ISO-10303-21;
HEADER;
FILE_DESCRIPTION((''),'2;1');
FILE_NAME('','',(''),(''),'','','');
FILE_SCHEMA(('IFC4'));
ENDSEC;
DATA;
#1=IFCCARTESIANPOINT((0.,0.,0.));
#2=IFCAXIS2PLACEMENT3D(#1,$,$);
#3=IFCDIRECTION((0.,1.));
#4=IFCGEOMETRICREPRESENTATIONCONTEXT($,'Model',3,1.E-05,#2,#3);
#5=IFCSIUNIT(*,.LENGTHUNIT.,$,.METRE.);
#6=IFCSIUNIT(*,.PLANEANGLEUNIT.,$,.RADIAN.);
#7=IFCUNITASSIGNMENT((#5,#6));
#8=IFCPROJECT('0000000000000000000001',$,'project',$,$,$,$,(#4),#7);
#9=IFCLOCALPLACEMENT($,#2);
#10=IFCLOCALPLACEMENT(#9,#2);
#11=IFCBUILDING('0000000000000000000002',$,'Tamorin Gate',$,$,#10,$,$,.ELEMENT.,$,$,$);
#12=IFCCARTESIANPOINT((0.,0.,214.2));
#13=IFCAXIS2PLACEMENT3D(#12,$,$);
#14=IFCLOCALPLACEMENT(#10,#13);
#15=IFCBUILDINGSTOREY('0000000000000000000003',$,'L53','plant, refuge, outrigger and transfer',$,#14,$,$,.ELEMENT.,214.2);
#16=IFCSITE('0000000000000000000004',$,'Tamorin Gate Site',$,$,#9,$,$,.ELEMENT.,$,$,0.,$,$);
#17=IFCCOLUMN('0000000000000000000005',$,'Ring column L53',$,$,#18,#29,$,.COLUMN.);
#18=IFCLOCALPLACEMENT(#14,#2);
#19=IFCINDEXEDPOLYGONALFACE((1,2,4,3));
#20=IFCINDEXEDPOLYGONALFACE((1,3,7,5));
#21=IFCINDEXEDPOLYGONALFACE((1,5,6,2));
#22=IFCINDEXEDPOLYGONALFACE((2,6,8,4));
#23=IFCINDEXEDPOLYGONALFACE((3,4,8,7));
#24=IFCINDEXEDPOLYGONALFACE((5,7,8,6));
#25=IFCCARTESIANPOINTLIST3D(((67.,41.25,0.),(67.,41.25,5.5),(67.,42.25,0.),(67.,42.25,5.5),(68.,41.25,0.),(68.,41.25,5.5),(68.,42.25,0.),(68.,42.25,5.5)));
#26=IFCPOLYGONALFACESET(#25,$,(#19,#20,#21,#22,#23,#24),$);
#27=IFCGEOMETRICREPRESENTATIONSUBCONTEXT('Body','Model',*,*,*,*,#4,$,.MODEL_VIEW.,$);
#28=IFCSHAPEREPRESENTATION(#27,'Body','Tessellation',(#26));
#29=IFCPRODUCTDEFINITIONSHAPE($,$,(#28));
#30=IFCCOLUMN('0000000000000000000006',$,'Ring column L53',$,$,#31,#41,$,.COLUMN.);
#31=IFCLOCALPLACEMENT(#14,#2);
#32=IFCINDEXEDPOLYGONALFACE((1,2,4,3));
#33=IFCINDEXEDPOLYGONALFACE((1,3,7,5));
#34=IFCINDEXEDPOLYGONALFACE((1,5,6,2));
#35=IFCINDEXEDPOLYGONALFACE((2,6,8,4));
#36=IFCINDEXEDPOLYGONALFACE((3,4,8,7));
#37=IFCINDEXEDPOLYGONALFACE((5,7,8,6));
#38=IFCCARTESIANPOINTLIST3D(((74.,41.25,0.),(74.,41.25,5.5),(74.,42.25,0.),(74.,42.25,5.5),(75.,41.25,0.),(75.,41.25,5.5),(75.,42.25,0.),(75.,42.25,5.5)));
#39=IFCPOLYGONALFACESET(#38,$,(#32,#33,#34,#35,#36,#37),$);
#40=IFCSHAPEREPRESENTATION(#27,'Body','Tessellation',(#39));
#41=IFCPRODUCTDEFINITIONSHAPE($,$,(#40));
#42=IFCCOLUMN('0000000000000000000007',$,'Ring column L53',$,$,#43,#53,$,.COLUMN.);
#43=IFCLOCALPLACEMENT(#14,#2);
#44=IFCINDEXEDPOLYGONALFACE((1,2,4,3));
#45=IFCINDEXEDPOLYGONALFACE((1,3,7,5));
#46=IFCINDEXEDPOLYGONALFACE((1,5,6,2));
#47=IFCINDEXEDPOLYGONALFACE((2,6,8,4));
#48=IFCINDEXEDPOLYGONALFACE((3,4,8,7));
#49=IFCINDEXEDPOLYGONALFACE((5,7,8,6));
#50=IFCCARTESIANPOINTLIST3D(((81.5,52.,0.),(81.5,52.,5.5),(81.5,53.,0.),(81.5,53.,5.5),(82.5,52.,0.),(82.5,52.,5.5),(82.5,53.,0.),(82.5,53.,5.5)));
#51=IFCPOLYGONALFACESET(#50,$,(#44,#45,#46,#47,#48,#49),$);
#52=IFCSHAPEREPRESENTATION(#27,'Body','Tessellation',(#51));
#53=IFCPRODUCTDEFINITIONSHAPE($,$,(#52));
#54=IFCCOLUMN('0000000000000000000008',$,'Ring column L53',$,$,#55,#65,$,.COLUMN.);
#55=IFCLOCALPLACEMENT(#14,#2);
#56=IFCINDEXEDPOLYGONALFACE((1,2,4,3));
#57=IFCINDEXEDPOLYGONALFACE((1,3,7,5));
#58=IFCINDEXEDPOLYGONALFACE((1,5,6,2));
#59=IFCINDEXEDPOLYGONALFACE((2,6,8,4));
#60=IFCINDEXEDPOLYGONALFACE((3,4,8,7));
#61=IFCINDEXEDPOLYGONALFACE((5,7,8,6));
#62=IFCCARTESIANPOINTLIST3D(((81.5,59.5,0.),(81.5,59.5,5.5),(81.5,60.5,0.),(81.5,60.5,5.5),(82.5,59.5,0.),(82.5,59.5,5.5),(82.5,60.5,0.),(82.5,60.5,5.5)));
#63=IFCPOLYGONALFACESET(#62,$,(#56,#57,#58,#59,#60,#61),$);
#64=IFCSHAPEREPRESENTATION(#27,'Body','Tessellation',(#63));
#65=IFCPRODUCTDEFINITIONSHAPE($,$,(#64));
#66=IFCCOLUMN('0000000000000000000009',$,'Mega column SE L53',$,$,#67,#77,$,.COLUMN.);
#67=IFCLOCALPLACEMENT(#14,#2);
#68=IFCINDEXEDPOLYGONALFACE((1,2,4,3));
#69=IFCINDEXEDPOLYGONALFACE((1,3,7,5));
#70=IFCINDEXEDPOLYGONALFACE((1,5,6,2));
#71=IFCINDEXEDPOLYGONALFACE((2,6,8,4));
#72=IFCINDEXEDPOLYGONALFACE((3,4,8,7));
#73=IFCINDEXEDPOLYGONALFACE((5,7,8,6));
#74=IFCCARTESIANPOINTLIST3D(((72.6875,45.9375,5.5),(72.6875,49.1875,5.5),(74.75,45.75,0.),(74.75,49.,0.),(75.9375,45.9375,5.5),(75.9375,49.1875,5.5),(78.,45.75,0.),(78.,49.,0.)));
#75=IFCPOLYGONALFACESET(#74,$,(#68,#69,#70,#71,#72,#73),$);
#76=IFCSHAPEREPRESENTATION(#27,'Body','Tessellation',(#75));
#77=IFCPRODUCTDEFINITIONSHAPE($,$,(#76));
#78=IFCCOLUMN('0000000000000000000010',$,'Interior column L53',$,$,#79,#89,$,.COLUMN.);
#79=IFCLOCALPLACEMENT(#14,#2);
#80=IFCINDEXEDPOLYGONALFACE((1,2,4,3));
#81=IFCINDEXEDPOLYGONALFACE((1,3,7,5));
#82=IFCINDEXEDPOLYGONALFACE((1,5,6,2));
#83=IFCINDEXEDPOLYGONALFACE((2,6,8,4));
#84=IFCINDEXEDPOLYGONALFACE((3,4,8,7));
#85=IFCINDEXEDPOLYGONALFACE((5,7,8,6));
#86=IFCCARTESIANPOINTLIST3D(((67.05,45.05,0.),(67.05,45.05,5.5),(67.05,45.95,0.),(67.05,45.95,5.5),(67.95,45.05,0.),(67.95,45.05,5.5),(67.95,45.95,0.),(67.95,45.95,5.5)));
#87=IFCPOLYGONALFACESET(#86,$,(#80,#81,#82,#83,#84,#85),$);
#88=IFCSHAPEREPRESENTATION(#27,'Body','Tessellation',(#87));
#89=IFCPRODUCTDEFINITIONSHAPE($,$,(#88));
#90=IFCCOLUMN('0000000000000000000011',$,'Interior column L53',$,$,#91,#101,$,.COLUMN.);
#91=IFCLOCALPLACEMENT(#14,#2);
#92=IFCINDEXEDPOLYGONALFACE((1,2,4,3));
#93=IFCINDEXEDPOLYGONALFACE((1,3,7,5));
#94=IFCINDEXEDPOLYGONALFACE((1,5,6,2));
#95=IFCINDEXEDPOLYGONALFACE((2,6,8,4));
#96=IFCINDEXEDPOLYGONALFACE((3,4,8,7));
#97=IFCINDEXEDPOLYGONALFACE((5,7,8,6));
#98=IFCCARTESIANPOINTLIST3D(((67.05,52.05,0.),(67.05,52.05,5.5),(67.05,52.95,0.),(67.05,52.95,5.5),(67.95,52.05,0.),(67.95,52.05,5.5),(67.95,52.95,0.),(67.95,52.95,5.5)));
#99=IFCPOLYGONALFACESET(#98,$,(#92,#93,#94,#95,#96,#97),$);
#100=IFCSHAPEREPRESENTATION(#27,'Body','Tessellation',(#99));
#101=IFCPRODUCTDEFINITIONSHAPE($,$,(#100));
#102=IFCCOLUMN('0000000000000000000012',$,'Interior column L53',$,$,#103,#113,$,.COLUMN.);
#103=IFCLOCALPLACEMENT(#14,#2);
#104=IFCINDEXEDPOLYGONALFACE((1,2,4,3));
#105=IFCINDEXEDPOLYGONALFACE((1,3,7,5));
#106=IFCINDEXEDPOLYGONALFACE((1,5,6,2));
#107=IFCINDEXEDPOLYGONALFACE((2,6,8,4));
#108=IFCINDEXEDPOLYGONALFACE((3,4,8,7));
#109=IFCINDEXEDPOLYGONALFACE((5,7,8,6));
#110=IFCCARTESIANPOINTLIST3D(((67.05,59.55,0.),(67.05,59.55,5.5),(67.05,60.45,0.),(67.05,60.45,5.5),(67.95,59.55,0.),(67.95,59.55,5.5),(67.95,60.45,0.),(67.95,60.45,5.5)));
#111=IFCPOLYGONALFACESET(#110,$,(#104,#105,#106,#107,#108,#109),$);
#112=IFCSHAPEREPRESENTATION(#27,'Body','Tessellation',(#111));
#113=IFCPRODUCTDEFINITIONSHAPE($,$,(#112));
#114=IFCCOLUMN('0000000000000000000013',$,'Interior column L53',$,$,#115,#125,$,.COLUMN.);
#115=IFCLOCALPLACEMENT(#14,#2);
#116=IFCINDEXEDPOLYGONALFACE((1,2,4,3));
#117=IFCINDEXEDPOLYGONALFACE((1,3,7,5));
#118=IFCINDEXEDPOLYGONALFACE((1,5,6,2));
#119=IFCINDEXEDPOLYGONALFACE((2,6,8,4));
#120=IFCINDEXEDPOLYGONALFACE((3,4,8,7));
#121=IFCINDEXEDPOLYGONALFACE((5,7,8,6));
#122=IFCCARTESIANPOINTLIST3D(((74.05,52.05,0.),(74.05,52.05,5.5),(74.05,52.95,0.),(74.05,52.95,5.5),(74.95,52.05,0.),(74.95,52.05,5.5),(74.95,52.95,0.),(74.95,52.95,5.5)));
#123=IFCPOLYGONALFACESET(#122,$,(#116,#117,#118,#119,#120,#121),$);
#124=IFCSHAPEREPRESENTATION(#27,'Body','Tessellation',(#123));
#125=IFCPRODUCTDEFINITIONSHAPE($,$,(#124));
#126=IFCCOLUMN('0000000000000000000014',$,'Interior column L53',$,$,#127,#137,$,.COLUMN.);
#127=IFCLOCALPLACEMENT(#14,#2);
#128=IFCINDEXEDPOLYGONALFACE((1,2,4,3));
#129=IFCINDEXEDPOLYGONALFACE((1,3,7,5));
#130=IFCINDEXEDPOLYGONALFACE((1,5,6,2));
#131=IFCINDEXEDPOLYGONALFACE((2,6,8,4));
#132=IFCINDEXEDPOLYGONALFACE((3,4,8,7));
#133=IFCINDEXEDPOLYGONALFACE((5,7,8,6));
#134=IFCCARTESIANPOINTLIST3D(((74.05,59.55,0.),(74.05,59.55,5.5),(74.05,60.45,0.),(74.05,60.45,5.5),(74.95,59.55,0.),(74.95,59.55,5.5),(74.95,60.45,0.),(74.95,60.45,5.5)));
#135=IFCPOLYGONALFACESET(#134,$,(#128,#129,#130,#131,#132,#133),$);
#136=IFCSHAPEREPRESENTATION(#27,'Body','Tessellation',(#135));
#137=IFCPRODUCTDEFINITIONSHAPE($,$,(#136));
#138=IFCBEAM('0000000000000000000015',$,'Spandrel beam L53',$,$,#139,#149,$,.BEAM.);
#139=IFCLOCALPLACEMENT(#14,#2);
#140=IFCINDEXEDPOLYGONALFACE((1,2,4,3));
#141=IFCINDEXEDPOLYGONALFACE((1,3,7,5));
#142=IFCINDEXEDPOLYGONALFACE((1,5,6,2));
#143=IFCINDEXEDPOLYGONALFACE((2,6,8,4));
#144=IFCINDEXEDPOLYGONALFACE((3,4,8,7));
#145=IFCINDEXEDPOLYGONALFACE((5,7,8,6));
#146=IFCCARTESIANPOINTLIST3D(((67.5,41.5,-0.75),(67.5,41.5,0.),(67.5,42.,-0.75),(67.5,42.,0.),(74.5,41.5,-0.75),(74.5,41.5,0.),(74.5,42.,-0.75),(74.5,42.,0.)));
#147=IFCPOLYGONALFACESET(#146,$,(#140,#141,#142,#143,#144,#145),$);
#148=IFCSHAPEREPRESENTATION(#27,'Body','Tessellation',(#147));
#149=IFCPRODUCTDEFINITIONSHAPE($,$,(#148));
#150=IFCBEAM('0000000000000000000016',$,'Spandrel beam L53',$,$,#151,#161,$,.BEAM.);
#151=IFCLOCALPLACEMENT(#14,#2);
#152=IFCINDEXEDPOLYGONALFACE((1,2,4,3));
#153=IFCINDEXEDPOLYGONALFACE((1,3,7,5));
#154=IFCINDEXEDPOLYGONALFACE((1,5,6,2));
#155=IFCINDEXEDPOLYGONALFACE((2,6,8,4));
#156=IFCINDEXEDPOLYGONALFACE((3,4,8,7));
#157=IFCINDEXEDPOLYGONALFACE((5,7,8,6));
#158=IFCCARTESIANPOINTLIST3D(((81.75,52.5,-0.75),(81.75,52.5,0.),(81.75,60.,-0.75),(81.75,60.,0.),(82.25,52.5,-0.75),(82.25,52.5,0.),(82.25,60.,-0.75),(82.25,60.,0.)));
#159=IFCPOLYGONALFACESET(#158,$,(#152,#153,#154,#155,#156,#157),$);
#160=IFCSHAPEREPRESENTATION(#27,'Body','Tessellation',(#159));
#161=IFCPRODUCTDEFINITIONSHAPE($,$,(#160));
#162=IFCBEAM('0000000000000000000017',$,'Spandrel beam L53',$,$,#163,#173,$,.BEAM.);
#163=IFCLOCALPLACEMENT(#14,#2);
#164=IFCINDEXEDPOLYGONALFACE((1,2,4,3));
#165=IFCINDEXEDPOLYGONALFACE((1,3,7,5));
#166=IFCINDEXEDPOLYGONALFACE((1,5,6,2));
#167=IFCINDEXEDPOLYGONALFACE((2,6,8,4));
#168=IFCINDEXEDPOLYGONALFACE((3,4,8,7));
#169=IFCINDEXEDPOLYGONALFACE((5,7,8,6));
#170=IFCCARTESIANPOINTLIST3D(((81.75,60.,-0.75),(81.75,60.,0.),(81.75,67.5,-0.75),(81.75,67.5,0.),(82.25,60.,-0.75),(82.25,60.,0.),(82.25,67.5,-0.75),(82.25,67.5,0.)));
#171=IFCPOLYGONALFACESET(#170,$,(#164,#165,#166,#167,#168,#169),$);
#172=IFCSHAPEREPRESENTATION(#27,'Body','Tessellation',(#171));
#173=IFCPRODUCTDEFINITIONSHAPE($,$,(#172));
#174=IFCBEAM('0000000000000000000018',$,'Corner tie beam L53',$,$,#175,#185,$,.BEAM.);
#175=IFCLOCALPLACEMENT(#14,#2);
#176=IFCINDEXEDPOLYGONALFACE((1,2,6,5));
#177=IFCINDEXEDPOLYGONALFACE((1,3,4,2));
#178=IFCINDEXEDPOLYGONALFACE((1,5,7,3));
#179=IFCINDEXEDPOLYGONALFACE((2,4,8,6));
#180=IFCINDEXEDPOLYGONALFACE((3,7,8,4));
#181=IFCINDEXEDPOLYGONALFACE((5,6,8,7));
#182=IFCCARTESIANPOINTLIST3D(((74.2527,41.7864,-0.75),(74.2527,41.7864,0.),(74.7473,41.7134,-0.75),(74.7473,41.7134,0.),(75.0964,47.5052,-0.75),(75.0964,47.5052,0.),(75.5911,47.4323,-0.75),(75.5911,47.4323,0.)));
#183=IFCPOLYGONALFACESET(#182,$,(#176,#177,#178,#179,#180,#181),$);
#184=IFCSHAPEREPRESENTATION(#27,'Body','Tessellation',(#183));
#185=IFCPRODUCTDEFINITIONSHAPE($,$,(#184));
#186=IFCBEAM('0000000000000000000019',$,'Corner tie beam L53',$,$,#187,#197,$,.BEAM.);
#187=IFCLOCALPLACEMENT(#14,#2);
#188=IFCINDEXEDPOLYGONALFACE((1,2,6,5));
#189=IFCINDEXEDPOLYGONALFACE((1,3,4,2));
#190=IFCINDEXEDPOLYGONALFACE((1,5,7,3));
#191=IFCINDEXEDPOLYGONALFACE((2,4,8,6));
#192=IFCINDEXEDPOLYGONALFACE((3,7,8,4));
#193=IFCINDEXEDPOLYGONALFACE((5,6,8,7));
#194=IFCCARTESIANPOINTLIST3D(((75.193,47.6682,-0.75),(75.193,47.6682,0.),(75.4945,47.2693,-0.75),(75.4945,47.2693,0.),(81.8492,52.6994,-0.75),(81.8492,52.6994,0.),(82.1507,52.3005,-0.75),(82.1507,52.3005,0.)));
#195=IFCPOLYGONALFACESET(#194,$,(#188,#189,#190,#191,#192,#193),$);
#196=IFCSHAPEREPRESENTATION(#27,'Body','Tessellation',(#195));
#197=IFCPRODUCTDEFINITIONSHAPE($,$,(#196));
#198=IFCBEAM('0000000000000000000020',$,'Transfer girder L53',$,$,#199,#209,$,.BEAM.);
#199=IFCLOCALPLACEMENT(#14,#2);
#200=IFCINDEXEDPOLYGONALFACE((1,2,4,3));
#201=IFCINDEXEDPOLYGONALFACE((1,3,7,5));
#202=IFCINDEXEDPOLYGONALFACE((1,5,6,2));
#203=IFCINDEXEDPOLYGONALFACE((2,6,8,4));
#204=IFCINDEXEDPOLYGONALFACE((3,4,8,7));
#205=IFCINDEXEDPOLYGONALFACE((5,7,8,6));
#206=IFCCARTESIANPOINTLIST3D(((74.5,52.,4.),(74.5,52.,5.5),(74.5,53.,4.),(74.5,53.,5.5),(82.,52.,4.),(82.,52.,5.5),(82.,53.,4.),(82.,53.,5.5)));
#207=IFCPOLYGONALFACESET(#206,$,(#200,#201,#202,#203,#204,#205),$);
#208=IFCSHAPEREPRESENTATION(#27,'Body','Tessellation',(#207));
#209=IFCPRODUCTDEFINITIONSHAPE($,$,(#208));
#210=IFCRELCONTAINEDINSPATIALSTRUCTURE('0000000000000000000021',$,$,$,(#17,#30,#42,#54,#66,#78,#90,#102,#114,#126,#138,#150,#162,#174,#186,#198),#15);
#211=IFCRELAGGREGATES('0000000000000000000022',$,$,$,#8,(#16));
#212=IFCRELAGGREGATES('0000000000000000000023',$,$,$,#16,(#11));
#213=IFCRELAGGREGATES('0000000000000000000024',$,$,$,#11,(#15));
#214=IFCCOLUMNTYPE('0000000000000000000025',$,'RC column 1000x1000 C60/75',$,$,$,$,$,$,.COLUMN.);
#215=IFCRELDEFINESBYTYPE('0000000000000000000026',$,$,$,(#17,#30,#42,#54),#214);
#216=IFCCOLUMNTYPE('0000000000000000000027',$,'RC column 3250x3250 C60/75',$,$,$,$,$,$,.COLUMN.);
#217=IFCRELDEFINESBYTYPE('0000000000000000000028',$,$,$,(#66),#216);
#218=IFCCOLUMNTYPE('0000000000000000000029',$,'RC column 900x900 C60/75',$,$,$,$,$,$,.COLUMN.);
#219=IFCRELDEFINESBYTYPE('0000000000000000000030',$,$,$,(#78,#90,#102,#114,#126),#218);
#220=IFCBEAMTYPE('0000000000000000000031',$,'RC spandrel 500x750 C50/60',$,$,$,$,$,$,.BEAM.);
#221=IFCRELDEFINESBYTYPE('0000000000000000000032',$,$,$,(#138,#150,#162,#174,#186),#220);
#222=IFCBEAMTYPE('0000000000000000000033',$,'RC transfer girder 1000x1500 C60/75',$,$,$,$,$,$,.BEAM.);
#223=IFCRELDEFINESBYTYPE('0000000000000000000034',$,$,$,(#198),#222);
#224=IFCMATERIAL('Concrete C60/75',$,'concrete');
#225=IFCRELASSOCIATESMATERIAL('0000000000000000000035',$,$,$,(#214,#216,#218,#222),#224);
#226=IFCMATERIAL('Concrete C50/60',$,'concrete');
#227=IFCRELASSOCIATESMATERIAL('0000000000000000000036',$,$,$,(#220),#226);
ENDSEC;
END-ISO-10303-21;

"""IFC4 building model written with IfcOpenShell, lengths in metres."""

from ifc_helpers import new_model, si_unit, direction, frame, origin, origin_2d, place, context, subcontext, project, spatial, rectangle, extrude, material, material_profile, profile_set, type_object, element, save


model = new_model("IFC4")

# Units and contexts
model_context = context("Model", 3, precision=1e-05, world=origin(), true_north=direction((0.0, 1.0)))
body_context = subcontext(model_context, "Body", "Model", "MODEL_VIEW")
ifc_project = project(units=[si_unit("LENGTHUNIT", "METRE"), si_unit("PLANEANGLEUNIT", "RADIAN")], contexts=[model_context])

# Site, building, storey
site_placement = place(None, origin())
site = spatial("IfcSite", under=ifc_project, at=site_placement, Name="Tamorin Gate Site", CompositionType="ELEMENT", RefElevation=0.0)
building_placement = place(site_placement, origin())
building = spatial("IfcBuilding", under=site, at=building_placement, Name="Tamorin Gate", CompositionType="ELEMENT")
storey_placement = place(building_placement, frame((0.0, 0.0, 214.2)))
storey = spatial("IfcBuildingStorey", under=building, at=storey_placement, Name="L53", Description="plant, refuge, outrigger and transfer", CompositionType="ELEMENT", Elevation=214.2)

# Columns
ifc_material_1 = material(Name="Concrete C60/75", Category="concrete")
ifc_material_profile_1 = material_profile(ifc_material_1, rectangle(XDim=1.0, YDim=1.0, at=origin_2d()), Name="RC 1000x1000")
ifc_profile_set_1 = profile_set([ifc_material_profile_1], Name="Concrete C60/75")
column_type_1 = type_object("IfcColumnType", Name="RC column 1000x1000 C60/75", PredefinedType="COLUMN", material=ifc_profile_set_1)
for number, where, z_axis, x_axis, name in (
    (1, (67.5, 41.75, 0.0), (0.0, 0.0, 1.0), (1.0, 0.0, 0.0), "Ring column L53"),
    (2, (74.5, 41.75, 0.0), (0.0, 0.0, 1.0), (1.0, 0.0, 0.0), "Ring column L53"),
    (3, (82.0, 52.5, 0.0), (0.0, 0.0, 1.0), (1.0, 0.0, 0.0), "Ring column L53"),
    (4, (82.0, 60.0, 0.0), (0.0, 0.0, 1.0), (1.0, 0.0, 0.0), "Ring column L53"),
):
    element("IfcColumn", number, at=place(storey_placement, frame(where, z_axis=z_axis, x_axis=x_axis)), inside=storey, type_object=column_type_1, Name=name, PredefinedType="COLUMN", context=body_context, shape_type="SweptSolid", body=[
        extrude(rectangle(XDim=1.0, YDim=1.0, at=origin_2d()), origin(), (0.0, 0.0, 1.0), 5.5),
    ])
ifc_material_profile_2 = material_profile(ifc_material_1, rectangle(XDim=3.25, YDim=3.25, at=origin_2d()), Name="RC 3250x3250")
ifc_profile_set_2 = profile_set([ifc_material_profile_2], Name="Concrete C60/75")
column_type_2 = type_object("IfcColumnType", Name="RC column 3250x3250 C60/75", PredefinedType="COLUMN", material=ifc_profile_set_2)
column_placement = place(storey_placement, frame((76.375, 47.375, 0.0), z_axis=(0.0, 0.0, 1.0), x_axis=(0.0, 1.0, 0.0)))
element("IfcColumn", 5, at=column_placement, inside=storey, type_object=column_type_2, Name="Mega column SE L53", PredefinedType="COLUMN", context=body_context, shape_type="SweptSolid", body=[
    extrude(rectangle(XDim=3.25, YDim=3.25, at=origin_2d()), origin(), (0.031904, 0.350945, 0.935853), 5.877),
])
ifc_material_profile_3 = material_profile(ifc_material_1, rectangle(XDim=0.8999, YDim=0.8999, at=origin_2d()), Name="RC 900x900")
ifc_profile_set_3 = profile_set([ifc_material_profile_3], Name="Concrete C60/75")
column_type_3 = type_object("IfcColumnType", Name="RC column 900x900 C60/75", PredefinedType="COLUMN", material=ifc_profile_set_3)
for number, where, z_axis, x_axis, name in (
    (6, (67.5, 45.5, 0.0), (0.0, 0.0, 1.0), (1.0, 0.0, 0.0), "Interior column L53"),
    (7, (67.5, 52.5, 0.0), (0.0, 0.0, 1.0), (1.0, 0.0, 0.0), "Interior column L53"),
    (8, (67.5, 60.0, 0.0), (0.0, 0.0, 1.0), (1.0, 0.0, 0.0), "Interior column L53"),
    (9, (74.5, 52.5, 0.0), (0.0, 0.0, 1.0), (1.0, 0.0, 0.0), "Interior column L53"),
    (10, (74.5, 60.0, 0.0), (0.0, 0.0, 1.0), (1.0, 0.0, 0.0), "Interior column L53"),
):
    element("IfcColumn", number, at=place(storey_placement, frame(where, z_axis=z_axis, x_axis=x_axis)), inside=storey, type_object=column_type_3, Name=name, PredefinedType="COLUMN", context=body_context, shape_type="SweptSolid", body=[
        extrude(rectangle(XDim=0.8999, YDim=0.8999, at=origin_2d()), origin(), (0.0, 0.0, 1.0), 5.5),
    ])

# Beams
ifc_material_2 = material(Name="Concrete C50/60", Category="concrete")
ifc_material_profile_4 = material_profile(ifc_material_2, rectangle(XDim=0.5, YDim=0.75, at=origin_2d()), Name="RC 500x750")
ifc_profile_set_4 = profile_set([ifc_material_profile_4], Name="Concrete C50/60")
beam_type_1 = type_object("IfcBeamType", Name="RC spandrel 500x750 C50/60", PredefinedType="BEAM", material=ifc_profile_set_4)
beam_1_placement = place(storey_placement, frame((67.5, 41.75, -0.375), z_axis=(1.0, 0.0, 0.0), x_axis=(0.0, 1.0, 0.0)))
element("IfcBeam", 11, at=beam_1_placement, inside=storey, type_object=beam_type_1, Name="Spandrel beam L53", PredefinedType="BEAM", context=body_context, shape_type="SweptSolid", body=[
    extrude(rectangle(XDim=0.5, YDim=0.75, at=origin_2d()), origin(), (0.0, 0.0, 1.0), 7.0),
])
for number, where, z_axis, x_axis, name in (
    (12, (82.0, 52.5, -0.375), (0.0, 1.0, 0.0), (-1.0, 0.0, 0.0), "Spandrel beam L53"),
    (13, (82.0, 60.0, -0.375), (0.0, 1.0, 0.0), (-1.0, 0.0, 0.0), "Spandrel beam L53"),
):
    element("IfcBeam", number, at=place(storey_placement, frame(where, z_axis=z_axis, x_axis=x_axis)), inside=storey, type_object=beam_type_1, Name=name, PredefinedType="BEAM", context=body_context, shape_type="SweptSolid", body=[
        extrude(rectangle(XDim=0.5, YDim=0.75, at=origin_2d()), origin(), (0.0, 0.0, 1.0), 7.5),
    ])
beam_2_placement = place(storey_placement, frame((75.3438, 47.4688, -0.375), z_axis=(-0.145961, -0.98929, 0.0), x_axis=(0.98929, -0.145961, 0.0)))
element("IfcBeam", 14, at=beam_2_placement, inside=storey, type_object=beam_type_1, Name="Corner tie beam L53", PredefinedType="BEAM", context=body_context, shape_type="SweptSolid", body=[
    extrude(rectangle(XDim=0.5, YDim=0.75, at=origin_2d()), origin(), (0.0, 0.0, 1.0), 5.7808),
])
beam_3_placement = place(storey_placement, frame((75.3438, 47.4688, -0.375), z_axis=(0.797747, 0.602992, 0.0), x_axis=(-0.602992, 0.797747, 0.0)))
element("IfcBeam", 15, at=beam_3_placement, inside=storey, type_object=beam_type_1, Name="Corner tie beam L53", PredefinedType="BEAM", context=body_context, shape_type="SweptSolid", body=[
    extrude(rectangle(XDim=0.5, YDim=0.75, at=origin_2d()), origin(), (0.0, 0.0, 1.0), 8.3438),
])
ifc_material_profile_5 = material_profile(ifc_material_1, rectangle(XDim=1.0, YDim=1.5, at=origin_2d()), Name="RC 1000x1500")
ifc_profile_set_5 = profile_set([ifc_material_profile_5], Name="Concrete C60/75")
beam_type_2 = type_object("IfcBeamType", Name="RC transfer girder 1000x1500 C60/75", PredefinedType="BEAM", material=ifc_profile_set_5)
for number, where, z_axis, x_axis, name in (
    (16, (74.5, 52.5, 4.75), (1.0, 0.0, 0.0), (0.0, 1.0, 0.0), "Transfer girder L53"),
):
    element("IfcBeam", number, at=place(storey_placement, frame(where, z_axis=z_axis, x_axis=x_axis)), inside=storey, type_object=beam_type_2, Name=name, PredefinedType="BEAM", context=body_context, shape_type="SweptSolid", body=[
        extrude(rectangle(XDim=1.0, YDim=1.5, at=origin_2d()), origin(), (0.0, 0.0, 1.0), 7.5),
    ])

save(model, "model.ifc")
